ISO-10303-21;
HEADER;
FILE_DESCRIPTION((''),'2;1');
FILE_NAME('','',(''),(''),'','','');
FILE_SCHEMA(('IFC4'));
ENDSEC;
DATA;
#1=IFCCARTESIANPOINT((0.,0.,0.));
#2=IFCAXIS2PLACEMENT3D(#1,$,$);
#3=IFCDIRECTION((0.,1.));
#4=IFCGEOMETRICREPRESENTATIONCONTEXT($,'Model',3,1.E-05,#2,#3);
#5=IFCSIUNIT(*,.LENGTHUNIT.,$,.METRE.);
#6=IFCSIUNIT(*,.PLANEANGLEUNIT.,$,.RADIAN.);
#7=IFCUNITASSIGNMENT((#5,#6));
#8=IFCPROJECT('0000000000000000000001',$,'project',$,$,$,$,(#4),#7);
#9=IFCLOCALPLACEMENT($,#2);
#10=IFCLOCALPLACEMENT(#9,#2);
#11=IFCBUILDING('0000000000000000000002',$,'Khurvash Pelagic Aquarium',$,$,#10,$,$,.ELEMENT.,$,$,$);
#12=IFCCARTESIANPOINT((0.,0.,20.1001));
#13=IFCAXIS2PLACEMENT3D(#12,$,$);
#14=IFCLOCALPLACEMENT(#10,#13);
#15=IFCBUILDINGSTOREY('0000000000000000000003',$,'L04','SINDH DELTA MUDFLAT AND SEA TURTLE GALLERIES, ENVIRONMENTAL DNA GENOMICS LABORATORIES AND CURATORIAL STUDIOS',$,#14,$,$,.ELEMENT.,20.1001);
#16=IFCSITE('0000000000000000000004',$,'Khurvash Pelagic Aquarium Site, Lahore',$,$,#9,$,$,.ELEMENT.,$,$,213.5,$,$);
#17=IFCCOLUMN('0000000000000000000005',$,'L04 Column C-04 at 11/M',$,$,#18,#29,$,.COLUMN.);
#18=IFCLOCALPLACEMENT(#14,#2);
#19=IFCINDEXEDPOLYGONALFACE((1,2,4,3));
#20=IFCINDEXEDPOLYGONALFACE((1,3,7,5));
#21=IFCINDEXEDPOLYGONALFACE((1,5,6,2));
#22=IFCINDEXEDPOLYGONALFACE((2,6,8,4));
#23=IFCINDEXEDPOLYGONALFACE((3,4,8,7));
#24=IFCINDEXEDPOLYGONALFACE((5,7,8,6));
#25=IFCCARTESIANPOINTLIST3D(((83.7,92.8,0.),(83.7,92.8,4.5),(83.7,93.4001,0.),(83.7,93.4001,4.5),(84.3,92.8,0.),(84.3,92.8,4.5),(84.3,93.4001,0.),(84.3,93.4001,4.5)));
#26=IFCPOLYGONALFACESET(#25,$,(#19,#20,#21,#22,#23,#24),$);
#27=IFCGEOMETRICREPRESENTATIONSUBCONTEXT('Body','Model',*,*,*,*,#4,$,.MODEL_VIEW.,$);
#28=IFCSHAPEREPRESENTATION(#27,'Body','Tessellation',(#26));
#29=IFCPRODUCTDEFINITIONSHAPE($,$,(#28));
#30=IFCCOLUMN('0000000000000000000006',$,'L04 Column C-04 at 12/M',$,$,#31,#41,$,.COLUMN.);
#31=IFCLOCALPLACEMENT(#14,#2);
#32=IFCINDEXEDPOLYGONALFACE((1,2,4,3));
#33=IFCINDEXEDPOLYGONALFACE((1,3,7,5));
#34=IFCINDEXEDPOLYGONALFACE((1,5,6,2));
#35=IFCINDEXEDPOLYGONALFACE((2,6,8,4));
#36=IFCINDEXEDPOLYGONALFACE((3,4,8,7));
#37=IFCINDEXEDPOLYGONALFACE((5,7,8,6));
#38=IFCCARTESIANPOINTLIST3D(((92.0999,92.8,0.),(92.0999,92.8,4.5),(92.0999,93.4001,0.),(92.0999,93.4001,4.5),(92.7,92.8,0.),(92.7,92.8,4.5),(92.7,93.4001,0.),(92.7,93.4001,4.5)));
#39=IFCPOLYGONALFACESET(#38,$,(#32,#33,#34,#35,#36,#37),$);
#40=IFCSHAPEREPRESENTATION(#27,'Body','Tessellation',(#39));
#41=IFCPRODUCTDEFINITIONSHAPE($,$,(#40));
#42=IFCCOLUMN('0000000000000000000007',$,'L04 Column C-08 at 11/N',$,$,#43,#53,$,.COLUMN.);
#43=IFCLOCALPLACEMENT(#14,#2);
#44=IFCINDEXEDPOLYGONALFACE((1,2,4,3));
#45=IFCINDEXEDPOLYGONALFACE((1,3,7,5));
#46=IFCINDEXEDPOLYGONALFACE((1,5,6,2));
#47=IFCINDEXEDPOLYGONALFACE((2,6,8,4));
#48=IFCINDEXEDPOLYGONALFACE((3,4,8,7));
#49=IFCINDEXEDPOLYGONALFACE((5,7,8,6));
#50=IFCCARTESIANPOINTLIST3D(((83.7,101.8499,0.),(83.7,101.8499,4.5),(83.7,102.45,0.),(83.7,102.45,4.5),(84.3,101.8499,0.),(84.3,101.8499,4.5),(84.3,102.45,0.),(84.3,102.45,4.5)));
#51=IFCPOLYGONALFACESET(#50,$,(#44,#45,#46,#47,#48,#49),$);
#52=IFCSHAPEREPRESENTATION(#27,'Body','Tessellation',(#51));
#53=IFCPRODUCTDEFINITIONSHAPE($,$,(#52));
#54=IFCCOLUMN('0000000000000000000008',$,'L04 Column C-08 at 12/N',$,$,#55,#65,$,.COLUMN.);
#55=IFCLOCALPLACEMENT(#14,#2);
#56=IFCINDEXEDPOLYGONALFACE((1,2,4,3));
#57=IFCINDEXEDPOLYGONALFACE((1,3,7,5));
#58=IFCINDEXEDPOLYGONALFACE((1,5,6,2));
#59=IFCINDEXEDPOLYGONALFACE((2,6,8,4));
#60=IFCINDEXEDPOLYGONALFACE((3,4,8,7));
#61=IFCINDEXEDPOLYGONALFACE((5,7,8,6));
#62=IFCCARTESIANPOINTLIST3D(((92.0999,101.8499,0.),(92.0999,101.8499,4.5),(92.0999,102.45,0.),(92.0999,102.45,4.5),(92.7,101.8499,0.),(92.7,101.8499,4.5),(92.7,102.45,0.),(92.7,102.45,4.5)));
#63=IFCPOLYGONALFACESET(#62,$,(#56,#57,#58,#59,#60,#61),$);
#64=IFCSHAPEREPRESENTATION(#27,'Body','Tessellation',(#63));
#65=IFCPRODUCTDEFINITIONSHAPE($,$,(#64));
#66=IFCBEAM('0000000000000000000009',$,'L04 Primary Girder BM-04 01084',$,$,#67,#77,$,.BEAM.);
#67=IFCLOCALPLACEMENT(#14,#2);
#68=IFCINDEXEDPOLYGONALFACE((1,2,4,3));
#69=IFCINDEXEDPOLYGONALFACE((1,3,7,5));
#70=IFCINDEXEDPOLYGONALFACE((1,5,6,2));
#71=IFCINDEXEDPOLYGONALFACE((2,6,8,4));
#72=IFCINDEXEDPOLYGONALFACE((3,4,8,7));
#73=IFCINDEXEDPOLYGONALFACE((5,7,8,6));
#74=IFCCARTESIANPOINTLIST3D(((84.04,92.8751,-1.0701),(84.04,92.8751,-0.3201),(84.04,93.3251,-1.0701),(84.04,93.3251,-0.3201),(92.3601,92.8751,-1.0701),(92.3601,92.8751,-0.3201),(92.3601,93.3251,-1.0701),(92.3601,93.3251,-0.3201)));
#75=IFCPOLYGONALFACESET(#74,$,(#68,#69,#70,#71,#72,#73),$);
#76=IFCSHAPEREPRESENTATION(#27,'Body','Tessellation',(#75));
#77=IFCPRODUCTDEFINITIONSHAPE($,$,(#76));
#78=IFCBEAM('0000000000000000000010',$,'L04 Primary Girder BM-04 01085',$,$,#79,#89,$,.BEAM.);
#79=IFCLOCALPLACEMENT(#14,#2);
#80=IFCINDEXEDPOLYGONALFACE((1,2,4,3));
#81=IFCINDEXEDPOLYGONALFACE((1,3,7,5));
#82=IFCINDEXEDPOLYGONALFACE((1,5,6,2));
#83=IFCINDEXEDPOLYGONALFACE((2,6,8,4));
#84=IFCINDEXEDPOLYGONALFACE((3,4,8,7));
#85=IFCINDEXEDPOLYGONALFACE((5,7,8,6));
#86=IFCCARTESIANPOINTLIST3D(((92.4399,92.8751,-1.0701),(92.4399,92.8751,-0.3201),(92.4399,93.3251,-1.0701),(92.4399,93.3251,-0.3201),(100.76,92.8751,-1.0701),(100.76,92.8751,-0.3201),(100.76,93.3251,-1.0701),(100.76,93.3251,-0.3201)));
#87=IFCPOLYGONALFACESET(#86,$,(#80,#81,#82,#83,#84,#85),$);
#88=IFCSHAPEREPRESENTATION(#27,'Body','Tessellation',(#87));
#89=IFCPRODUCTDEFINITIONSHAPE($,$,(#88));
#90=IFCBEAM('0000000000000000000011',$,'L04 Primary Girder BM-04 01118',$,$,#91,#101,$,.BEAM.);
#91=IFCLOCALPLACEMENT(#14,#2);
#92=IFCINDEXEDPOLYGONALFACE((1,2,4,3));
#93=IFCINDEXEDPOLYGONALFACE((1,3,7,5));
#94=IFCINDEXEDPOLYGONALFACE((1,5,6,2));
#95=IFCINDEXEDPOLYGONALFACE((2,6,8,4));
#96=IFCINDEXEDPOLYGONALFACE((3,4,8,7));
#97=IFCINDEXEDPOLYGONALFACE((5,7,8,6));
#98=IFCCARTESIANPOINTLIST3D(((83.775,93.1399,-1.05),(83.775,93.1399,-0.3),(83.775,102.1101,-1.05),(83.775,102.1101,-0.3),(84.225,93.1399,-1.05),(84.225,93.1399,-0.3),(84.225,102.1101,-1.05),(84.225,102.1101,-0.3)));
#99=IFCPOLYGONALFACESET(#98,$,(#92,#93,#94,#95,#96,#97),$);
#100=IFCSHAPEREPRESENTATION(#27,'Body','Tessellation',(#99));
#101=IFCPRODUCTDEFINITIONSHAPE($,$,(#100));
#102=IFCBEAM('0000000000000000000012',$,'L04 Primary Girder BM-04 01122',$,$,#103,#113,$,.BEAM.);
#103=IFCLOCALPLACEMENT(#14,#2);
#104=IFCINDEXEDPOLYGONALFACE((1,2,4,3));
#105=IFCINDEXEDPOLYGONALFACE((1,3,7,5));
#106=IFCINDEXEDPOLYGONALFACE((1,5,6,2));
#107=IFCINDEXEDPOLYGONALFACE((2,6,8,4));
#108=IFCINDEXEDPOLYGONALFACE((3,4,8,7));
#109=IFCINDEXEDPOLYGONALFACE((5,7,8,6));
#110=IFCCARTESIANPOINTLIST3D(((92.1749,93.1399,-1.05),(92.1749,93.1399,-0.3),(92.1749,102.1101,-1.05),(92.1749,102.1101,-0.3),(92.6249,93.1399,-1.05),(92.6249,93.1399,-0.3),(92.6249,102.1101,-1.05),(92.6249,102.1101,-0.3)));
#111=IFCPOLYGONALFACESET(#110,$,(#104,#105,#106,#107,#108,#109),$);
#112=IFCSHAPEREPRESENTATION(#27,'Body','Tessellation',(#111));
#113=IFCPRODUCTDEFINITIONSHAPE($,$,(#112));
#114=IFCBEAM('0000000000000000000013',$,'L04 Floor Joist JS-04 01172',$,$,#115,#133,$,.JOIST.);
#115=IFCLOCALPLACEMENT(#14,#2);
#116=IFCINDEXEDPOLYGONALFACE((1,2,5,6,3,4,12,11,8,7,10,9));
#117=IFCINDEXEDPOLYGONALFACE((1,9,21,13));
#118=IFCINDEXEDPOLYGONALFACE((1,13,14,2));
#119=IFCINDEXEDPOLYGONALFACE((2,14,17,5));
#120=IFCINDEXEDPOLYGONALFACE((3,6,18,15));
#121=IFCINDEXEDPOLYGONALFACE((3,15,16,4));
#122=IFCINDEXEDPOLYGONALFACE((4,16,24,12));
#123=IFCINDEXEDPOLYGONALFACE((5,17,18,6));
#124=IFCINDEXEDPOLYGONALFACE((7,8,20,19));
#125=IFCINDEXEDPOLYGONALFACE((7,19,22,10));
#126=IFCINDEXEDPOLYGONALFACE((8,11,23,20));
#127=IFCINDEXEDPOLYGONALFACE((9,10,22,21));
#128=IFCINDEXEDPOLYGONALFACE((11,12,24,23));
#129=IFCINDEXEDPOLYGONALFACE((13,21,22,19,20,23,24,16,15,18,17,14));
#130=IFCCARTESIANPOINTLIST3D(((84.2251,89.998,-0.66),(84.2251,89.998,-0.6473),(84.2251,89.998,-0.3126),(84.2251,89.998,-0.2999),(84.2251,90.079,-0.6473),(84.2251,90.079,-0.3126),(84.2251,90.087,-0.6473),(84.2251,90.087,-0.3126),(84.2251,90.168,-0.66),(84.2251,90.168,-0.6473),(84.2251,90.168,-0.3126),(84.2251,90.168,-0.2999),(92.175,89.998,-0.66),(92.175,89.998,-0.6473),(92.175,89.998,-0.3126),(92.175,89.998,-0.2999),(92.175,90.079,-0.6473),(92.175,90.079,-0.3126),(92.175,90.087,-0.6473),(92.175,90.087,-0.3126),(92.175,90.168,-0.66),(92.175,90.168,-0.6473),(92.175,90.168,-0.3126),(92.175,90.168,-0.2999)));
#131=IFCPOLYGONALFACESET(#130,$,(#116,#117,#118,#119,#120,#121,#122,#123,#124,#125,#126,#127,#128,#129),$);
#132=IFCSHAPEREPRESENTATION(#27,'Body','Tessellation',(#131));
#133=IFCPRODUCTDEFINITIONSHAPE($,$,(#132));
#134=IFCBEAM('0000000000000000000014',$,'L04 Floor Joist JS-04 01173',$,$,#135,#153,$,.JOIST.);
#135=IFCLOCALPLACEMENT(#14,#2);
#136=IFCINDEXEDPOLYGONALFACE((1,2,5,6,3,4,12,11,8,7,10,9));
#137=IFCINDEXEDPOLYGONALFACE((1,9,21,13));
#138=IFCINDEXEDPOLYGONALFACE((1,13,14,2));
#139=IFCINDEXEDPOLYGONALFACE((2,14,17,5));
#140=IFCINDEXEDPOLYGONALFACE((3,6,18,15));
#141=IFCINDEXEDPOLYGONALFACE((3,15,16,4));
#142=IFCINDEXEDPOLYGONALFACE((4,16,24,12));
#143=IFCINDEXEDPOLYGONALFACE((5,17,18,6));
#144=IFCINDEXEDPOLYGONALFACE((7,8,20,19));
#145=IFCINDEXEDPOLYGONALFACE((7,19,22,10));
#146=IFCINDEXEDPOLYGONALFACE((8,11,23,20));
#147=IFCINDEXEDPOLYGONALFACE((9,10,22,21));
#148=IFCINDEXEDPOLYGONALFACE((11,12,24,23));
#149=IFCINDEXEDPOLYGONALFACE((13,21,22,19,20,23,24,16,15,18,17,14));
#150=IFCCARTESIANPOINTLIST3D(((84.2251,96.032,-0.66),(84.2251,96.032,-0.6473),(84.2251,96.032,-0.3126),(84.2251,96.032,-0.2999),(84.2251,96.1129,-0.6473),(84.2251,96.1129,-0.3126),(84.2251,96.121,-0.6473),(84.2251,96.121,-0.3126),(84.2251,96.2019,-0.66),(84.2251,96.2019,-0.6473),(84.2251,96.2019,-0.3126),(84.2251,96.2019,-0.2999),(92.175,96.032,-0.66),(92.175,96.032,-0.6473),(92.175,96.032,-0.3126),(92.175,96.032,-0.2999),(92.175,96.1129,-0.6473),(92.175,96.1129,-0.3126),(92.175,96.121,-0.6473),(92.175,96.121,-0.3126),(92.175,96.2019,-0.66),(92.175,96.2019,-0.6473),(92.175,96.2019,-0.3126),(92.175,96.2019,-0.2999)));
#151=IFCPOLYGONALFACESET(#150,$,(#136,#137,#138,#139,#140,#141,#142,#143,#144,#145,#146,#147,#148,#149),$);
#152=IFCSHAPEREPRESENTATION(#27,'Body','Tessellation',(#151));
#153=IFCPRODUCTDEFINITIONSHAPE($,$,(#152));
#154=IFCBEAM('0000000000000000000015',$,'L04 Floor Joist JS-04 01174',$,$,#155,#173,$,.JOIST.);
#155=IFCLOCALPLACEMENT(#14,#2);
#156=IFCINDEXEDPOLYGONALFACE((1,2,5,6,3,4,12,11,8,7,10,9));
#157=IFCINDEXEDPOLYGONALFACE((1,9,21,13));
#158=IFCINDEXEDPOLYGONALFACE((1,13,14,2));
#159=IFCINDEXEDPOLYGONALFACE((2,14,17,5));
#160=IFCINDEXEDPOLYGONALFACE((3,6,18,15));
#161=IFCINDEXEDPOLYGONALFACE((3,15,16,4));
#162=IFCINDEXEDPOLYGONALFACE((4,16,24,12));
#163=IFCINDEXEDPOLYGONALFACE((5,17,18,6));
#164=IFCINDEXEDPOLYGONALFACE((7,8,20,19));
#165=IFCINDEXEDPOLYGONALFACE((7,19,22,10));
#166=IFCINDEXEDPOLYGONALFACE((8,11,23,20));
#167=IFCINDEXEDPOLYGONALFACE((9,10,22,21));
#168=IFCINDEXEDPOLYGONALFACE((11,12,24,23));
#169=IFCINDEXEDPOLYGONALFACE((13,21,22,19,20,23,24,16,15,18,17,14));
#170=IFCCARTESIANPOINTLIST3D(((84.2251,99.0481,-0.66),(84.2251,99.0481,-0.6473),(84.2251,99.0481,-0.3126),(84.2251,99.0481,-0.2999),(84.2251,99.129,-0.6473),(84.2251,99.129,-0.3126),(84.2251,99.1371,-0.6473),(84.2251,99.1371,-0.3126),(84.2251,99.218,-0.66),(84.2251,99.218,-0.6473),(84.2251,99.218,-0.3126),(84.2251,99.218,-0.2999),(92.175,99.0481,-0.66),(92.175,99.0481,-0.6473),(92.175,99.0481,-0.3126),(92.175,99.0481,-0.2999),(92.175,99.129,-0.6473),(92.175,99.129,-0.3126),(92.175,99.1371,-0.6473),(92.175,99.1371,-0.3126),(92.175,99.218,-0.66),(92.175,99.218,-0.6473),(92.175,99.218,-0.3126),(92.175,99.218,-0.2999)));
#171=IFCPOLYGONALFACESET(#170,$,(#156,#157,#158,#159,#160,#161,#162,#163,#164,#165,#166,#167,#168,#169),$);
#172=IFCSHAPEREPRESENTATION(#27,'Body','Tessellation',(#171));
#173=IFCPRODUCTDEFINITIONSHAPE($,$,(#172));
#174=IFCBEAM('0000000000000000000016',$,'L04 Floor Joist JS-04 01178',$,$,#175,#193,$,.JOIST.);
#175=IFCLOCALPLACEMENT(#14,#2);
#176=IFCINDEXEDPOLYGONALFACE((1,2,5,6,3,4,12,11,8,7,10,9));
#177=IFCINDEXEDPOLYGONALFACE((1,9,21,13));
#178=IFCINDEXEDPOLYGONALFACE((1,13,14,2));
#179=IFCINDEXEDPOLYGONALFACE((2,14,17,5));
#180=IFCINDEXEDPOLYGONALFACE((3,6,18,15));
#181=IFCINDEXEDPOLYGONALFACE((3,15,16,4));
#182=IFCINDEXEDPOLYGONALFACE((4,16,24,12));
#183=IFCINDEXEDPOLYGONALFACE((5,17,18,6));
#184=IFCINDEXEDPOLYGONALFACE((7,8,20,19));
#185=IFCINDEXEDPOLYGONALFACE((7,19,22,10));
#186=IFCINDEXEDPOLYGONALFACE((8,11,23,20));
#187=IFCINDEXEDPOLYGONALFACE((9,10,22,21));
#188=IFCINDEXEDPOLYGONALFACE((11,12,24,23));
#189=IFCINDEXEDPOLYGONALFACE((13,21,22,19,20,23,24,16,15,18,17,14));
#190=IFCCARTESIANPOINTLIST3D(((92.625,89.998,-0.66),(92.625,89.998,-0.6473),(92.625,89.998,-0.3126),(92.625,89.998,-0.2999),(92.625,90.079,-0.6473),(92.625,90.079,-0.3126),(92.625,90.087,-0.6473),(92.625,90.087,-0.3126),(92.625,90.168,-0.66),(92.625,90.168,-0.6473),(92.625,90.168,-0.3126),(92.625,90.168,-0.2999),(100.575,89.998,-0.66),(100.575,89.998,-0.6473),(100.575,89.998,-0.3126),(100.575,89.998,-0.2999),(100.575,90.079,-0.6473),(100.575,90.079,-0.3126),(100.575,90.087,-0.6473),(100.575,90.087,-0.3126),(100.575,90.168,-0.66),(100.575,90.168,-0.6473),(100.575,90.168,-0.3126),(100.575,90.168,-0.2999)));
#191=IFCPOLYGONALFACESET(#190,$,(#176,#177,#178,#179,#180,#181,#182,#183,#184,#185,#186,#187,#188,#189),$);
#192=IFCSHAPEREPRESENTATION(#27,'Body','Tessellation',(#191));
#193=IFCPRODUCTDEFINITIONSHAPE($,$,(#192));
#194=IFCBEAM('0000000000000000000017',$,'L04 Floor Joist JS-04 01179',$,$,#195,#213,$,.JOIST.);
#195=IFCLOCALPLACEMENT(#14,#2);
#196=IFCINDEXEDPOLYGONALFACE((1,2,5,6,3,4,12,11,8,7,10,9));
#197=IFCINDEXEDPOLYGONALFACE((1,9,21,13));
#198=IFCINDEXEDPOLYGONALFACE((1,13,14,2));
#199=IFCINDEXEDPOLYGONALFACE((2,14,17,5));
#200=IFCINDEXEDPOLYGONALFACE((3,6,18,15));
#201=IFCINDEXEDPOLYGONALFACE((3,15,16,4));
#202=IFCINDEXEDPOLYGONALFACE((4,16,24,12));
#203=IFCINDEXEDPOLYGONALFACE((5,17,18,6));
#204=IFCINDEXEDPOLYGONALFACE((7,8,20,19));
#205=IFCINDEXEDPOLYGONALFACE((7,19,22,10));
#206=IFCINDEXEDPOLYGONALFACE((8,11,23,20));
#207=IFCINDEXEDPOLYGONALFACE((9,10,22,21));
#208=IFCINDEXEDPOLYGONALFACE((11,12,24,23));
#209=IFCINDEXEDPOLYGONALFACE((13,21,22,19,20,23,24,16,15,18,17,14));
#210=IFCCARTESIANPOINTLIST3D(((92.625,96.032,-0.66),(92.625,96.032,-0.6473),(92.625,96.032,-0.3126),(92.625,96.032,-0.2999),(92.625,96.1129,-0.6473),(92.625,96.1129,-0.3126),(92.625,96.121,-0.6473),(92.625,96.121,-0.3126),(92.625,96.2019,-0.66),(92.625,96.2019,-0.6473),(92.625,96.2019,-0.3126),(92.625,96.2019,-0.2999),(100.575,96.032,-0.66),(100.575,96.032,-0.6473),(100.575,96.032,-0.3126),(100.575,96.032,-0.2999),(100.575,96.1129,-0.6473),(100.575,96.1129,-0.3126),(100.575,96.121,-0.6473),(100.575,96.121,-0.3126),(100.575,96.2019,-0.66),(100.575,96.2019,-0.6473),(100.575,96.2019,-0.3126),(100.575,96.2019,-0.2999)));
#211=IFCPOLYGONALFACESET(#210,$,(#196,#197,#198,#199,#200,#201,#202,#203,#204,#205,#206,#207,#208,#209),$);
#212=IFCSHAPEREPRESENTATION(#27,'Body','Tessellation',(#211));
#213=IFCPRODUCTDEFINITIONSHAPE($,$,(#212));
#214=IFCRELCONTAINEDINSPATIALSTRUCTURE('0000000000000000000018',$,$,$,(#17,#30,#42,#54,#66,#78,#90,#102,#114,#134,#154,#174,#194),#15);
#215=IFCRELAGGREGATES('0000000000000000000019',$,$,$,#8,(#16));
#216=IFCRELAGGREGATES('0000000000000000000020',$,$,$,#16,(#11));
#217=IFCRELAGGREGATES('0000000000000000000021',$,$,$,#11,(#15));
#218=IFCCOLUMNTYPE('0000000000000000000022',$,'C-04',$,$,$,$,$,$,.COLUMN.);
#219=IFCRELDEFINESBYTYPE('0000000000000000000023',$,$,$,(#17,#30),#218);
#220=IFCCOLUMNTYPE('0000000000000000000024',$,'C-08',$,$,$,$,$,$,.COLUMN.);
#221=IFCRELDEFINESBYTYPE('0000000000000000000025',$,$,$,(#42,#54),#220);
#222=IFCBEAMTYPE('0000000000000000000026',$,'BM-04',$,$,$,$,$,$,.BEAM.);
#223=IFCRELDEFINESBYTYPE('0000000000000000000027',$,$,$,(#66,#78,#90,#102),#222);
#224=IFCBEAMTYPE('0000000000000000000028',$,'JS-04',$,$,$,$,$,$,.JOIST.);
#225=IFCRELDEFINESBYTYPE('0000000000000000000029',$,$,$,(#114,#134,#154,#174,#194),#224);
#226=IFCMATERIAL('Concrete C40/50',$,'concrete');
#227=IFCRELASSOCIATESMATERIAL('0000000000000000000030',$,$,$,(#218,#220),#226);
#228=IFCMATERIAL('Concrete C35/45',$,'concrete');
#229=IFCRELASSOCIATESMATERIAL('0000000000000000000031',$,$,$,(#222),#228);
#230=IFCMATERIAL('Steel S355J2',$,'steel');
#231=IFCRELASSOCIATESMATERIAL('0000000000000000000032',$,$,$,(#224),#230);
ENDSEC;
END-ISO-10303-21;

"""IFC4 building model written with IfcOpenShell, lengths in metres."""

from ifc_helpers import new_model, si_unit, direction, frame, origin, origin_2d, place, context, subcontext, project, spatial, rectangle, i_section, extrude, material, material_profile, profile_set, type_object, element, save


model = new_model("IFC4")

# Units and contexts
model_context = context("Model", 3, precision=1e-05, world=origin(), true_north=direction((0.0, 1.0)))
body_context = subcontext(model_context, "Body", "Model", "MODEL_VIEW")
ifc_project = project(units=[si_unit("LENGTHUNIT", "METRE"), si_unit("PLANEANGLEUNIT", "RADIAN")], contexts=[model_context])

# Site, building, storey
site_placement = place(None, origin())
site = spatial("IfcSite", under=ifc_project, at=site_placement, Name="Khurvash Pelagic Aquarium Site, Lahore", CompositionType="ELEMENT", RefElevation=213.5)
building_placement = place(site_placement, origin())
building = spatial("IfcBuilding", under=site, at=building_placement, Name="Khurvash Pelagic Aquarium", CompositionType="ELEMENT")
storey_placement = place(building_placement, frame((0.0, 0.0, 20.1001)))
storey = spatial("IfcBuildingStorey", under=building, at=storey_placement, Name="L04", Description="SINDH DELTA MUDFLAT AND SEA TURTLE GALLERIES, ENVIRONMENTAL DNA GENOMICS LABORATORIES AND CURATORIAL STUDIOS", CompositionType="ELEMENT", Elevation=20.1001)

# Columns
ifc_material_1 = material(Name="Concrete C40/50", Category="concrete")
ifc_material_profile_1 = material_profile(ifc_material_1, rectangle(XDim=0.6001, YDim=0.6001, at=origin_2d()), Name="RC600X600")
ifc_profile_set_1 = profile_set([ifc_material_profile_1], Name="Concrete C40/50")
column_type_1 = type_object("IfcColumnType", Name="C-04", PredefinedType="COLUMN", material=ifc_profile_set_1)
for number, where, z_axis, x_axis, name in (
    (1, (84.0, 93.1001, 0.0), (0.0, 0.0, 1.0), (1.0, 0.0, 0.0), "L04 Column C-04 at 11/M"),
    (2, (92.3999, 93.1001, 0.0), (0.0, 0.0, 1.0), (1.0, 0.0, 0.0), "L04 Column C-04 at 12/M"),
):
    element("IfcColumn", number, at=place(storey_placement, frame(where, z_axis=z_axis, x_axis=x_axis)), inside=storey, type_object=column_type_1, Name=name, PredefinedType="COLUMN", context=body_context, shape_type="SweptSolid", body=[
        extrude(rectangle(XDim=0.6001, YDim=0.6001, at=origin_2d()), origin(), (0.0, 0.0, 1.0), 4.5),
    ])
ifc_material_profile_2 = material_profile(ifc_material_1, rectangle(XDim=0.6001, YDim=0.6001, at=origin_2d()), Name="RC600X600")
ifc_profile_set_2 = profile_set([ifc_material_profile_2], Name="Concrete C40/50")
column_type_2 = type_object("IfcColumnType", Name="C-08", PredefinedType="COLUMN", material=ifc_profile_set_2)
for number, where, z_axis, x_axis, name in (
    (3, (84.0, 102.1499, 0.0), (0.0, 0.0, 1.0), (1.0, 0.0, 0.0), "L04 Column C-08 at 11/N"),
    (4, (92.3999, 102.1499, 0.0), (0.0, 0.0, 1.0), (1.0, 0.0, 0.0), "L04 Column C-08 at 12/N"),
):
    element("IfcColumn", number, at=place(storey_placement, frame(where, z_axis=z_axis, x_axis=x_axis)), inside=storey, type_object=column_type_2, Name=name, PredefinedType="COLUMN", context=body_context, shape_type="SweptSolid", body=[
        extrude(rectangle(XDim=0.6001, YDim=0.6001, at=origin_2d()), origin(), (0.0, 0.0, 1.0), 4.5),
    ])

# Beams
ifc_material_2 = material(Name="Concrete C35/45", Category="concrete")
ifc_material_profile_3 = material_profile(ifc_material_2, rectangle(XDim=0.45, YDim=0.75, at=origin_2d()), Name="RC450X750")
ifc_profile_set_3 = profile_set([ifc_material_profile_3], Name="Concrete C35/45")
beam_type_1 = type_object("IfcBeamType", Name="BM-04", PredefinedType="BEAM", material=ifc_profile_set_3)
for number, where, z_axis, x_axis, name in (
    (5, (84.04, 93.1001, -0.6951), (1.0, 0.0, 0.0), (0.0, 1.0, 0.0), "L04 Primary Girder BM-04 01084"),
    (6, (92.4399, 93.1001, -0.6951), (1.0, 0.0, 0.0), (0.0, 1.0, 0.0), "L04 Primary Girder BM-04 01085"),
):
    element("IfcBeam", number, at=place(storey_placement, frame(where, z_axis=z_axis, x_axis=x_axis)), inside=storey, type_object=beam_type_1, Name=name, PredefinedType="BEAM", context=body_context, shape_type="SweptSolid", body=[
        extrude(rectangle(XDim=0.45, YDim=0.75, at=origin_2d()), origin(), (0.0, 0.0, 1.0), 8.3201),
    ])
for number, where, z_axis, x_axis, name in (
    (7, (84.0, 93.1399, -0.675), (0.0, 1.0, 0.0), (-1.0, 0.0, 0.0), "L04 Primary Girder BM-04 01118"),
    (8, (92.3999, 93.1399, -0.675), (0.0, 1.0, 0.0), (-1.0, 0.0, 0.0), "L04 Primary Girder BM-04 01122"),
):
    element("IfcBeam", number, at=place(storey_placement, frame(where, z_axis=z_axis, x_axis=x_axis)), inside=storey, type_object=beam_type_1, Name=name, PredefinedType="BEAM", context=body_context, shape_type="SweptSolid", body=[
        extrude(rectangle(XDim=0.45, YDim=0.75, at=origin_2d()), origin(), (0.0, 0.0, 1.0), 8.9702),
    ])
ifc_material_3 = material(Name="Steel S355J2", Category="steel")
ifc_material_profile_4 = material_profile(ifc_material_3, i_section(OverallWidth=0.1699, OverallDepth=0.3601, WebThickness=0.0081, FlangeThickness=0.0127, at=origin_2d()), Name="IPE360")
ifc_profile_set_4 = profile_set([ifc_material_profile_4], Name="Steel S355J2")
beam_type_2 = type_object("IfcBeamType", Name="JS-04", PredefinedType="JOIST", material=ifc_profile_set_4)
for number, where, z_axis, x_axis, name in (
    (9, (84.2251, 90.083, -0.48), (1.0, 0.0, 0.0), (0.0, 1.0, 0.0), "L04 Floor Joist JS-04 01172"),
    (10, (84.2251, 96.1169, -0.48), (1.0, 0.0, 0.0), (0.0, 1.0, 0.0), "L04 Floor Joist JS-04 01173"),
    (11, (84.2251, 99.1331, -0.48), (1.0, 0.0, 0.0), (0.0, 1.0, 0.0), "L04 Floor Joist JS-04 01174"),
    (12, (92.625, 90.083, -0.48), (1.0, 0.0, 0.0), (0.0, 1.0, 0.0), "L04 Floor Joist JS-04 01178"),
    (13, (92.625, 96.1169, -0.48), (1.0, 0.0, 0.0), (0.0, 1.0, 0.0), "L04 Floor Joist JS-04 01179"),
):
    element("IfcBeam", number, at=place(storey_placement, frame(where, z_axis=z_axis, x_axis=x_axis)), inside=storey, type_object=beam_type_2, Name=name, PredefinedType="JOIST", context=body_context, shape_type="SweptSolid", body=[
        extrude(i_section(OverallWidth=0.1699, OverallDepth=0.3601, WebThickness=0.0081, FlangeThickness=0.0127, at=origin_2d()), origin(), (0.0, 0.0, 1.0), 7.95),
    ])

save(model, "model.ifc")
